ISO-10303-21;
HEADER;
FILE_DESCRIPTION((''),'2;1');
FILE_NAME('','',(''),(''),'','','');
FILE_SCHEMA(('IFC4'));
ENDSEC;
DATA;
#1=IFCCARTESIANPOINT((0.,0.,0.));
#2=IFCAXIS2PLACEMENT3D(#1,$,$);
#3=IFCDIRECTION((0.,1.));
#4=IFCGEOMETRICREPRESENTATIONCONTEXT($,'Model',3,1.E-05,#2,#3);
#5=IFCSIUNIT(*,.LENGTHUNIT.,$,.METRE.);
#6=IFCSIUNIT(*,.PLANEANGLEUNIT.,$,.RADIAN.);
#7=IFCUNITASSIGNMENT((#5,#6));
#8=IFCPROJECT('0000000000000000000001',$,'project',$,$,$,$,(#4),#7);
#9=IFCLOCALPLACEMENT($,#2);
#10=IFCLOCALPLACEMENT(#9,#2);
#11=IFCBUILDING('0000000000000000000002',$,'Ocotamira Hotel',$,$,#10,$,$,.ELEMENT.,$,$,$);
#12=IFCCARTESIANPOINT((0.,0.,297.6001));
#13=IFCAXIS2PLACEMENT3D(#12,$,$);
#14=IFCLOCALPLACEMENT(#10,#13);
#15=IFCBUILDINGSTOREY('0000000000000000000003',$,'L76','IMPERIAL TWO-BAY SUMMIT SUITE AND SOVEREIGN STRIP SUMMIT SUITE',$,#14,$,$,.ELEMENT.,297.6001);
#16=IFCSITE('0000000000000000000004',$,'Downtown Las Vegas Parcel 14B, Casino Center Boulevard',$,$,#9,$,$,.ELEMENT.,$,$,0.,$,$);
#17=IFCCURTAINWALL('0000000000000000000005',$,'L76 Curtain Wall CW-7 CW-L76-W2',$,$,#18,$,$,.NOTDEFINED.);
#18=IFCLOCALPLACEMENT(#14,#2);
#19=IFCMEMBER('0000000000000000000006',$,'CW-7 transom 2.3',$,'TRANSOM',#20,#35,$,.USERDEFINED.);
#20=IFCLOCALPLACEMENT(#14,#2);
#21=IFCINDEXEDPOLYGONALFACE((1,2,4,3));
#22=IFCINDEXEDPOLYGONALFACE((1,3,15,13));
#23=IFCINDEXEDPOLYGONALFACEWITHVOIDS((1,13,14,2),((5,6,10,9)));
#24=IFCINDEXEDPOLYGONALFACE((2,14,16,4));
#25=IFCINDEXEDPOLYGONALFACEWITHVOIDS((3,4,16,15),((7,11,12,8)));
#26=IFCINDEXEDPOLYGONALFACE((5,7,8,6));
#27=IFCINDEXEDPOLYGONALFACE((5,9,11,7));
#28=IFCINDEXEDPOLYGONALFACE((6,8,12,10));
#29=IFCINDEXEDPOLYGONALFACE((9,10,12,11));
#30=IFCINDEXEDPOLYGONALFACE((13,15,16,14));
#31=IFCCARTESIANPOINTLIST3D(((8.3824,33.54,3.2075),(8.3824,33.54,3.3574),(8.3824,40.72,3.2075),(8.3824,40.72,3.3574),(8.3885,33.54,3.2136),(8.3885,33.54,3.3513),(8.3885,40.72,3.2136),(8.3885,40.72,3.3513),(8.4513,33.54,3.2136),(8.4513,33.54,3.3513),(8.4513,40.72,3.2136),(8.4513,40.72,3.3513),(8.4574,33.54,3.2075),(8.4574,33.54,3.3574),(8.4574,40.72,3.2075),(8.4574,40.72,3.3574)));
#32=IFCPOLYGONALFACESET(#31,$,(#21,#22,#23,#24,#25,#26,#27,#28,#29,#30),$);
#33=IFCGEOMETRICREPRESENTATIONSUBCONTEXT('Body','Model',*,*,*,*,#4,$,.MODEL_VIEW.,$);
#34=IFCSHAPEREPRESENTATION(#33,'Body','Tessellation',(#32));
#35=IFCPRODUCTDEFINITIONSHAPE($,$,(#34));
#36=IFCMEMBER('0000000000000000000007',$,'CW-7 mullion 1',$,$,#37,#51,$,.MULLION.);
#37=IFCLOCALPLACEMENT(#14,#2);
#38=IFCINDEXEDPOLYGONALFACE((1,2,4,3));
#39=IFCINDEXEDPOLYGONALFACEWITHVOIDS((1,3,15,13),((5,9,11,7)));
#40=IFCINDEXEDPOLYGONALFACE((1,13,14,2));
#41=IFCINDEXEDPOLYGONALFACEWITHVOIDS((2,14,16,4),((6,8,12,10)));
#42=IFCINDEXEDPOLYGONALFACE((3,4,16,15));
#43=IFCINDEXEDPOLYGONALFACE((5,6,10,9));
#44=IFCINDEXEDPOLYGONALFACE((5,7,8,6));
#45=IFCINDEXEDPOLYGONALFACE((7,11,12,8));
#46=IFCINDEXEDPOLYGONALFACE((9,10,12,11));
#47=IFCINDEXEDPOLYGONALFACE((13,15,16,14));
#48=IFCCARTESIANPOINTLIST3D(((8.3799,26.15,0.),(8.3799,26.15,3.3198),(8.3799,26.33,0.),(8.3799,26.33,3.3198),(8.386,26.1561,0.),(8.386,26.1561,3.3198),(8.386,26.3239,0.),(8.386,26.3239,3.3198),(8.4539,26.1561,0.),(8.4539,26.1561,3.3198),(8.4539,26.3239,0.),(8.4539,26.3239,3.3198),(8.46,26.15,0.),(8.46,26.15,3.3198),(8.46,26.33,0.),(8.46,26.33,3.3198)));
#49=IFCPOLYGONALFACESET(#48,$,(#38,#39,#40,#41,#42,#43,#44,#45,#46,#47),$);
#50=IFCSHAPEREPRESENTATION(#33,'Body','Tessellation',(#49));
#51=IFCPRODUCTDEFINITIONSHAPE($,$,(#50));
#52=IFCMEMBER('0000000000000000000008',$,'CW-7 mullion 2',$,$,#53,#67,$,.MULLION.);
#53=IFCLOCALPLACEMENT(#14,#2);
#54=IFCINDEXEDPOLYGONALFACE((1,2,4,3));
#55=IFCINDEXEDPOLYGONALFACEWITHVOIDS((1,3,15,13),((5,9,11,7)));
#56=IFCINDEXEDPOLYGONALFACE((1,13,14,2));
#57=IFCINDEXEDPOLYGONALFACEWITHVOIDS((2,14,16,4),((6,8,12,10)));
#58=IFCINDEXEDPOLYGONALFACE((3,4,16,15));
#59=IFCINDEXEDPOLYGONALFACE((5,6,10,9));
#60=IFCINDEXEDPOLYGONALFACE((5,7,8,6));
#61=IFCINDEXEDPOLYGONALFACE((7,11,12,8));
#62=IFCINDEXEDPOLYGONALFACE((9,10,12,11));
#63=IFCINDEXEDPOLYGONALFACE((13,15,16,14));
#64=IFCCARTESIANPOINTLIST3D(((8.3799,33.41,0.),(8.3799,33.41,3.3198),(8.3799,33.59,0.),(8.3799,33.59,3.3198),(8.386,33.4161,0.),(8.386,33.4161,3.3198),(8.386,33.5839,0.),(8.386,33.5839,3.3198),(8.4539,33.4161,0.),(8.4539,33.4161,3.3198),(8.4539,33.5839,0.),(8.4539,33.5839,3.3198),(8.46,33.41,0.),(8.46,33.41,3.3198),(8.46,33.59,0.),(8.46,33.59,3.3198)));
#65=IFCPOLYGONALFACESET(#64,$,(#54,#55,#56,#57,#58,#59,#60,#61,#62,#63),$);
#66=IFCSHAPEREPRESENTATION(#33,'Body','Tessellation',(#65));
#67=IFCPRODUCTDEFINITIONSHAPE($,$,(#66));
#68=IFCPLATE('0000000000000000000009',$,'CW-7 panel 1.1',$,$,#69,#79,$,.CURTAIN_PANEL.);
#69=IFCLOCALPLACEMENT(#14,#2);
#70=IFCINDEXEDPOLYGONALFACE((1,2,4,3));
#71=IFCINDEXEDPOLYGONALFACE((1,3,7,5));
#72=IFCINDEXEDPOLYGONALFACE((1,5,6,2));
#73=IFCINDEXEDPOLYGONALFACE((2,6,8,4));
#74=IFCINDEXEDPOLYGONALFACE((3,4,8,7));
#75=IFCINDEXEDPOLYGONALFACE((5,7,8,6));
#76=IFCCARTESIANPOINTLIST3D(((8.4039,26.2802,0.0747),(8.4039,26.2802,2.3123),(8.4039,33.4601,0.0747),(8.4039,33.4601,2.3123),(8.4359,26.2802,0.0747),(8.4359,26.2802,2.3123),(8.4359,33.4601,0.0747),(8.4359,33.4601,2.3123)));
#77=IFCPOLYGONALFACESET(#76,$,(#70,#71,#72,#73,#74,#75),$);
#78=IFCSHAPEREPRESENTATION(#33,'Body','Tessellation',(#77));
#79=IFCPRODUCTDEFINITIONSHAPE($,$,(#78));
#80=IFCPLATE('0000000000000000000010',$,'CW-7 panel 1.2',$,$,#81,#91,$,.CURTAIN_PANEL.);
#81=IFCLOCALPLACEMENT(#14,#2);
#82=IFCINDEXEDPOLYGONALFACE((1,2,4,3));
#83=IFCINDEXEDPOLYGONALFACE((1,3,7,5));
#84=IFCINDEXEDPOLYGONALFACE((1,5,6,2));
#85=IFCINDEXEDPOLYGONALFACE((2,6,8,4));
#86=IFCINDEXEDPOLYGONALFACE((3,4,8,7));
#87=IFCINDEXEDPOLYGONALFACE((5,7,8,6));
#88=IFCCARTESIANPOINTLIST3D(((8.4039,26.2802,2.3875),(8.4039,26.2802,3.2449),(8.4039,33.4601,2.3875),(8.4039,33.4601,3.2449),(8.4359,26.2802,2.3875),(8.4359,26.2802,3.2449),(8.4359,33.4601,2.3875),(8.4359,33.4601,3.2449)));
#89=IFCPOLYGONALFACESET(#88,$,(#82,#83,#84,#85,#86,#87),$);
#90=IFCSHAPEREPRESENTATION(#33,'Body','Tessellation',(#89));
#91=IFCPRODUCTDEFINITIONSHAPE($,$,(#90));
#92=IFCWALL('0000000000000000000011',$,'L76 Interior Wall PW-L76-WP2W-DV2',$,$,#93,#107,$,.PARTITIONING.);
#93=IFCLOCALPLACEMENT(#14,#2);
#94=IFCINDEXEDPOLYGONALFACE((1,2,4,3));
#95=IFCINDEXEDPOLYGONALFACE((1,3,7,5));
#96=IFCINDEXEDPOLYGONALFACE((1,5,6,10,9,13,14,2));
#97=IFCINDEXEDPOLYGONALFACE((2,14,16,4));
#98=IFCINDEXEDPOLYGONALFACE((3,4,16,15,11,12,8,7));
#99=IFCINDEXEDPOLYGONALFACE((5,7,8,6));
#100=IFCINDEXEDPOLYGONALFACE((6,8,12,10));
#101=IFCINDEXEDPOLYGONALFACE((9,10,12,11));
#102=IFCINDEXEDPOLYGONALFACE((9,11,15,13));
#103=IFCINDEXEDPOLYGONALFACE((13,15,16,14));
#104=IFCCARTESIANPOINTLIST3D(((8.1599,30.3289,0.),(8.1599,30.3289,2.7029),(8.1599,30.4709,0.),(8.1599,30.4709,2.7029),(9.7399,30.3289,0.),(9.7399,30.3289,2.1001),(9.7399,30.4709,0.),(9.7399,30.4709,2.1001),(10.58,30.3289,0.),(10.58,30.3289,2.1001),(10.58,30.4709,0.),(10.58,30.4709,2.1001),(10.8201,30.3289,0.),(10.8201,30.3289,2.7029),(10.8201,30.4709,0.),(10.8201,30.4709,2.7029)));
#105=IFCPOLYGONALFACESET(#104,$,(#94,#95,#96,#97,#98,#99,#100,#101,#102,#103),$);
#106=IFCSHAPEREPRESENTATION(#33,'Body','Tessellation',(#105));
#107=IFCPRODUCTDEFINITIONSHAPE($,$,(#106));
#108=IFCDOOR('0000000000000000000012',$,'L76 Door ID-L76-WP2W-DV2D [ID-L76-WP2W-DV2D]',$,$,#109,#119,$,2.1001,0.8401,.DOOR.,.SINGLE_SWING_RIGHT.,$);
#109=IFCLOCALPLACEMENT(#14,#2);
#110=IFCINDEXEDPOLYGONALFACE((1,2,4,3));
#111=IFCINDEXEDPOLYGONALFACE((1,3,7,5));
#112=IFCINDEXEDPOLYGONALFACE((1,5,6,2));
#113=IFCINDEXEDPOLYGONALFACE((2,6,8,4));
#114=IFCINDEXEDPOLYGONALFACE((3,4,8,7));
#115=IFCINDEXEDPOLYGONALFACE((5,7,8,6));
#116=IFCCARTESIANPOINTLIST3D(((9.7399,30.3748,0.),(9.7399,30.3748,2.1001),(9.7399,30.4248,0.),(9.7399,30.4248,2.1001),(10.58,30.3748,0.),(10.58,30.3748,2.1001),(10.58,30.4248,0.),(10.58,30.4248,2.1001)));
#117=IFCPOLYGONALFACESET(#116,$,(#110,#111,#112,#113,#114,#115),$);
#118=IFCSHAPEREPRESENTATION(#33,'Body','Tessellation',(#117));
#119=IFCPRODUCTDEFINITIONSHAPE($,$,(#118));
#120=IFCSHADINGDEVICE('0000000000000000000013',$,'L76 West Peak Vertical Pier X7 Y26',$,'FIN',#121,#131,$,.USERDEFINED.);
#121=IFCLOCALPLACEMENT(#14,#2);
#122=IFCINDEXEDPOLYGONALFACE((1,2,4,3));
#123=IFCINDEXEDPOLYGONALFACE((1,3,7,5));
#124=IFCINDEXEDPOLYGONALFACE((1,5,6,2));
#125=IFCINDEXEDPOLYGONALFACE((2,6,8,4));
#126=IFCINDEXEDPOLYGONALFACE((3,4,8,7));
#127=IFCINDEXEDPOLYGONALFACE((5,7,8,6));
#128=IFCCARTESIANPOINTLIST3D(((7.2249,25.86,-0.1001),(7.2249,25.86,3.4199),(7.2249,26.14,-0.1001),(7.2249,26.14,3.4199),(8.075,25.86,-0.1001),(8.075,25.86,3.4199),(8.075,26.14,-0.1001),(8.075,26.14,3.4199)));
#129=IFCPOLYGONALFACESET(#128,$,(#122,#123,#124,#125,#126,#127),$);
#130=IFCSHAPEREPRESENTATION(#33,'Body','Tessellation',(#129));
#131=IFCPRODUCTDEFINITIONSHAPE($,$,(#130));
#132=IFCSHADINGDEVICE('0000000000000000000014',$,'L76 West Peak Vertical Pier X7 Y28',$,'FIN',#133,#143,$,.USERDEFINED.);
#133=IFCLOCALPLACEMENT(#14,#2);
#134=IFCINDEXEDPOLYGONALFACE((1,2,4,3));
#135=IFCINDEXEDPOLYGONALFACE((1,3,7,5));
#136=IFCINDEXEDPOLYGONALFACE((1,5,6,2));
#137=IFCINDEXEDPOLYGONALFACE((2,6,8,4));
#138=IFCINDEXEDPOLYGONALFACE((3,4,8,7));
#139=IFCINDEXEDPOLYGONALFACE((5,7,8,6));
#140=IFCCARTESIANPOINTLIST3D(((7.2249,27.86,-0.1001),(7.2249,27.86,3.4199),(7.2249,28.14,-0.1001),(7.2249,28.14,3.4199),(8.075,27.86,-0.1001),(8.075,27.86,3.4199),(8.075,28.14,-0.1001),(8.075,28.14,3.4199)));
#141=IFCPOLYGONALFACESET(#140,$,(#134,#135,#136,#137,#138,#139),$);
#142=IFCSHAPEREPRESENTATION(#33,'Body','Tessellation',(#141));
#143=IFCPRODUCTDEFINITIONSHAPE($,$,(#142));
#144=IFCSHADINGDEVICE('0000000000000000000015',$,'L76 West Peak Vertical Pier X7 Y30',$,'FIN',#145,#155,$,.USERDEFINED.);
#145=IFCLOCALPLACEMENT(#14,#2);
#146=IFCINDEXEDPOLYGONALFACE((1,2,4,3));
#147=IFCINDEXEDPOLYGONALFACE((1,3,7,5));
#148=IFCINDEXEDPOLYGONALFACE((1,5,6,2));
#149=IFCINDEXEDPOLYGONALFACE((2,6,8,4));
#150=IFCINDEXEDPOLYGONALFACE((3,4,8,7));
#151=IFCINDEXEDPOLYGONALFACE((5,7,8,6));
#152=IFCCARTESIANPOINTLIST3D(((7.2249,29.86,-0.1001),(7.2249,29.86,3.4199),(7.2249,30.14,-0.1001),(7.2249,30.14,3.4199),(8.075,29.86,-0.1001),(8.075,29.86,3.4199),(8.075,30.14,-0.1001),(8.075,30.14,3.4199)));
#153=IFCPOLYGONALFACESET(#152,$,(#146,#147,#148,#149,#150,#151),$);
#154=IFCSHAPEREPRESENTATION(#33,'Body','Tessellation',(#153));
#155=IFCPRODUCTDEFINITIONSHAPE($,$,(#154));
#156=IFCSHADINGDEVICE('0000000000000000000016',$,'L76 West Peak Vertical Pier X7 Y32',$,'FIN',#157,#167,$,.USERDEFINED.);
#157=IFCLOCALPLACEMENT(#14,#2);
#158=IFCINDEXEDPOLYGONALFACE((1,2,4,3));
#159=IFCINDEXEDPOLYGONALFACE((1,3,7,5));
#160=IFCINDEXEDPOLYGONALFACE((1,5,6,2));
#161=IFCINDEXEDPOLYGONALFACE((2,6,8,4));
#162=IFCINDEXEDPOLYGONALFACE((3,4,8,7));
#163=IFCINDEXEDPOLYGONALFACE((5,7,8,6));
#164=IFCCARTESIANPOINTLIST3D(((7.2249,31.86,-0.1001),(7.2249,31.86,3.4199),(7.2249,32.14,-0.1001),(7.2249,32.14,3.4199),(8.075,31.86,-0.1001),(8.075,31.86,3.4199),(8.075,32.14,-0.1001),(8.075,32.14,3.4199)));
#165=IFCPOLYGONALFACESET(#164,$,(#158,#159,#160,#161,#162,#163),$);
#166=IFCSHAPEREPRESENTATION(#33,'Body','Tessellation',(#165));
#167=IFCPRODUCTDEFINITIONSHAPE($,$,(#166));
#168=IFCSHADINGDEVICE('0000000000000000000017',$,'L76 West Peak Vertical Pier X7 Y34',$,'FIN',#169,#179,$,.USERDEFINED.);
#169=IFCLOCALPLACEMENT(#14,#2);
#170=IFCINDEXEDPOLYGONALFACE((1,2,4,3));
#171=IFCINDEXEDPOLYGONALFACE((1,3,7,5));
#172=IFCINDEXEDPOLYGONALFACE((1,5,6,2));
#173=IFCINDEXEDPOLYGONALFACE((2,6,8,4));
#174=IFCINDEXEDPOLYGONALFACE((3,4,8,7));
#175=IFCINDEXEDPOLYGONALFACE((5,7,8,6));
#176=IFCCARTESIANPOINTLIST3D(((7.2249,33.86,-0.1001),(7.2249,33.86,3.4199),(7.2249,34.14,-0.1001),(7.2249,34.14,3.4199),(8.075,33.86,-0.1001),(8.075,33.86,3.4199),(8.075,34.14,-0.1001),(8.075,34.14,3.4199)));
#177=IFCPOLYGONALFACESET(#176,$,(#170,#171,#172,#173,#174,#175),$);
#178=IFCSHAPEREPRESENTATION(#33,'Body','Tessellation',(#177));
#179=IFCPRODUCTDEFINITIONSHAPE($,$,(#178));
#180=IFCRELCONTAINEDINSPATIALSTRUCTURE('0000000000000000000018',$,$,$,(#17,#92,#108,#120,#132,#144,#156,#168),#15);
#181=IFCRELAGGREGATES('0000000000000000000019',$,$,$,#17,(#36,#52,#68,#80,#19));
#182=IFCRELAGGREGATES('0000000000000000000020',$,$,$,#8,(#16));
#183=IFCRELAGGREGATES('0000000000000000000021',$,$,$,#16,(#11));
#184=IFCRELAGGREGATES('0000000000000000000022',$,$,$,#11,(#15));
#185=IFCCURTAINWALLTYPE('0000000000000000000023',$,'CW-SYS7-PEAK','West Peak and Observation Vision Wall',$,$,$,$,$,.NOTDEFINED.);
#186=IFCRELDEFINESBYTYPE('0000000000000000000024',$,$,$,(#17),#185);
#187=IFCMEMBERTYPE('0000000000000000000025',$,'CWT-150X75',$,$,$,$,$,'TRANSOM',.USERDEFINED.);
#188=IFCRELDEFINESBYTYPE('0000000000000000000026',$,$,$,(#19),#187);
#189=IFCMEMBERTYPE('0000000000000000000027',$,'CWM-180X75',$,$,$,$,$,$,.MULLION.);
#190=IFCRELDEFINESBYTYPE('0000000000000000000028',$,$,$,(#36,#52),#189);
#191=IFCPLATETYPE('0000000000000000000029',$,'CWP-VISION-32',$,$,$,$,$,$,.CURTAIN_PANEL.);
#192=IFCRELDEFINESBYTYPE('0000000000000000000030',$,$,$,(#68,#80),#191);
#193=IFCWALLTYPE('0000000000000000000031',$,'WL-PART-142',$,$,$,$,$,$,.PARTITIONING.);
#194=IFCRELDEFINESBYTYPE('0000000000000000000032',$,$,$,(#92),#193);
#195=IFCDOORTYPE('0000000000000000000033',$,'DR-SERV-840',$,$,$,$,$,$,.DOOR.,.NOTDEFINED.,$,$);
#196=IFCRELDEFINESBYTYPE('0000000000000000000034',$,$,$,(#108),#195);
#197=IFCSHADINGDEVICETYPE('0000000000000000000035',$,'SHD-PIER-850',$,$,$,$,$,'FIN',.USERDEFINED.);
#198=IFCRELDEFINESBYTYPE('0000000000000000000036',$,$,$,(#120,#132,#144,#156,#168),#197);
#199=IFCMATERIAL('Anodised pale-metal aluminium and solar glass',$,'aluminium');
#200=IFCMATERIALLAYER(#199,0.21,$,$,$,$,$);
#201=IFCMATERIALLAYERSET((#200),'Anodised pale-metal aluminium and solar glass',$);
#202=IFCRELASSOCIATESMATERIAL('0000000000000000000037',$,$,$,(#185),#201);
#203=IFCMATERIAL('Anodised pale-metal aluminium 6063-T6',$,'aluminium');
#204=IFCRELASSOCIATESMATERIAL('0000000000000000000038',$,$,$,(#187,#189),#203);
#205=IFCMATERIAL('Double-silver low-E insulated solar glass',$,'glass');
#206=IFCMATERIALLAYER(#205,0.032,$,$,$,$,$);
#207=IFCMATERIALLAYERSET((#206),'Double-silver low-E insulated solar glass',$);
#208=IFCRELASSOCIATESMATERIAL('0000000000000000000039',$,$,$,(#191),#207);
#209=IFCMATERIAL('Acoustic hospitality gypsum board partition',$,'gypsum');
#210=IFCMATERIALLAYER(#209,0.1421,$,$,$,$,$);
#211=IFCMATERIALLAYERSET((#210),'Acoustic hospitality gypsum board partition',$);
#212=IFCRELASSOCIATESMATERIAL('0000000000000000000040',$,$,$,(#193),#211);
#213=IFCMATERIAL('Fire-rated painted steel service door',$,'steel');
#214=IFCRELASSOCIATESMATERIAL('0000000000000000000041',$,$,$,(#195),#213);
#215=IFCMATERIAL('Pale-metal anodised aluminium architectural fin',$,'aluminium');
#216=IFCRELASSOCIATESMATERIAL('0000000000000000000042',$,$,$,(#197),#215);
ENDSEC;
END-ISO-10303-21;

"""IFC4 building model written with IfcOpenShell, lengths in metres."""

from ifc_helpers import new_model, si_unit, direction, frame, frame_2d, origin, origin_2d, place, context, subcontext, project, spatial, rectangle, hollow_rectangle, extrude, source, transform, mapped, material, layer, layer_set, material_profile, profile_set, type_object, element, fill, aggregate, save


model = new_model("IFC4")

# Units and contexts
model_context = context("Model", 3, precision=1e-05, world=origin(), true_north=direction((0.0, 1.0)))
body_context = subcontext(model_context, "Body", "Model", "MODEL_VIEW")
ifc_project = project(units=[si_unit("LENGTHUNIT", "METRE"), si_unit("PLANEANGLEUNIT", "RADIAN")], contexts=[model_context])

# Site, building, storey
site_placement = place(None, origin())
site = spatial("IfcSite", under=ifc_project, at=site_placement, Name="Downtown Las Vegas Parcel 14B, Casino Center Boulevard", CompositionType="ELEMENT", RefElevation=0.0)
building_placement = place(site_placement, origin())
building = spatial("IfcBuilding", under=site, at=building_placement, Name="Ocotamira Hotel", CompositionType="ELEMENT")
storey_placement = place(building_placement, frame((0.0, 0.0, 297.6001)))
storey = spatial("IfcBuildingStorey", under=building, at=storey_placement, Name="L76", Description="IMPERIAL TWO-BAY SUMMIT SUITE AND SOVEREIGN STRIP SUMMIT SUITE", CompositionType="ELEMENT", Elevation=297.6001)

# Curtain wall, members, plates
ifc_material_1 = material(Name="Anodised pale-metal aluminium and solar glass", Category="aluminium")
ifc_layer_1 = layer(ifc_material_1, 0.21)
ifc_layer_set_1 = layer_set([ifc_layer_1], Name="Anodised pale-metal aluminium and solar glass")
curtain_wall_type = type_object("IfcCurtainWallType", Name="CW-SYS7-PEAK", Description="West Peak and Observation Vision Wall", PredefinedType="NOTDEFINED", material=ifc_layer_set_1)
curtain_wall_placement = place(storey_placement, origin())
curtain_wall = element("IfcCurtainWall", 1, at=curtain_wall_placement, inside=storey, type_object=curtain_wall_type, Name="L76 Curtain Wall CW-7 CW-L76-W2", PredefinedType="NOTDEFINED")
ifc_material_2 = material(Name="Anodised pale-metal aluminium 6063-T6", Category="aluminium")
ifc_material_profile_1 = material_profile(ifc_material_2, hollow_rectangle(XDim=0.075, YDim=0.1499, WallThickness=0.0061, at=origin_2d()), Name="HSS150X75X6")
ifc_profile_set_1 = profile_set([ifc_material_profile_1], Name="Anodised pale-metal aluminium 6063-T6")
member_type_1 = type_object("IfcMemberType", Name="CWT-150X75", ElementType="TRANSOM", PredefinedType="USERDEFINED", material=ifc_profile_set_1)
shared_shape_1 = source(origin(), body_context, "Body", "SweptSolid", [
    extrude(hollow_rectangle(XDim=0.075, YDim=0.1499, WallThickness=0.0061, at=origin_2d()), origin(), (0.0, 0.0, 1.0), 7.1799),
])
member_1_placement = place(storey_placement, frame((8.4199, 33.54, 3.2825), z_axis=(0.0, 1.0, 0.0), x_axis=(-1.0, 0.0, 0.0)))
member_1 = element("IfcMember", 2, at=member_1_placement, type_object=member_type_1, Name="CW-7 transom 2.3", ObjectType="TRANSOM", PredefinedType="USERDEFINED", context=body_context, shape_type="MappedRepresentation", body=[
    mapped(shared_shape_1, transform((0.0, 0.0, 0.0), scale=1.0)),
])
ifc_material_profile_2 = material_profile(ifc_material_2, hollow_rectangle(XDim=0.0801, YDim=0.1799, WallThickness=0.0061, at=origin_2d()), Name="HSS180X80X6")
ifc_profile_set_2 = profile_set([ifc_material_profile_2], Name="Anodised pale-metal aluminium 6063-T6")
member_type_2 = type_object("IfcMemberType", Name="CWM-180X75", PredefinedType="MULLION", material=ifc_profile_set_2)
shared_shape_2 = source(origin(), body_context, "Body", "SweptSolid", [
    extrude(hollow_rectangle(XDim=0.0801, YDim=0.1799, WallThickness=0.0061, at=origin_2d()), origin(), (0.0, 0.0, 1.0), 3.3198),
])
member_2_placement = place(storey_placement, frame((8.4199, 26.24, 0.0), z_axis=(0.0, 0.0, 1.0), x_axis=(-1.0, 0.0, 0.0)))
member_2 = element("IfcMember", 3, at=member_2_placement, type_object=member_type_2, Name="CW-7 mullion 1", PredefinedType="MULLION", context=body_context, shape_type="MappedRepresentation", body=[
    mapped(shared_shape_2, transform((0.0, 0.0, 0.0), scale=1.0)),
])
member_3_placement = place(storey_placement, frame((8.4199, 33.5, 0.0), z_axis=(0.0, 0.0, 1.0), x_axis=(-1.0, 0.0, 0.0)))
member_3 = element("IfcMember", 4, at=member_3_placement, type_object=member_type_2, Name="CW-7 mullion 2", PredefinedType="MULLION", context=body_context, shape_type="MappedRepresentation", body=[
    mapped(shared_shape_2, transform((0.0, 0.0, 0.0), scale=1.0)),
])
ifc_material_3 = material(Name="Double-silver low-E insulated solar glass", Category="glass")
ifc_layer_2 = layer(ifc_material_3, 0.032)
ifc_layer_set_2 = layer_set([ifc_layer_2], Name="Double-silver low-E insulated solar glass")
plate_type = type_object("IfcPlateType", Name="CWP-VISION-32", PredefinedType="CURTAIN_PANEL", material=ifc_layer_set_2)
shared_shape_3 = source(origin(), body_context, "Body", "SweptSolid", [
    extrude(rectangle(XDim=7.1799, YDim=0.032, at=origin_2d()), origin(), (0.0, 0.0, 1.0), 2.2375),
])
plate_1_placement = place(storey_placement, frame((8.4199, 29.8701, 0.0747), z_axis=(0.0, 0.0, 1.0), x_axis=(0.0, 1.0, 0.0)))
plate_1 = element("IfcPlate", 5, at=plate_1_placement, type_object=plate_type, Name="CW-7 panel 1.1", PredefinedType="CURTAIN_PANEL", context=body_context, shape_type="MappedRepresentation", body=[
    mapped(shared_shape_3, transform((0.0, 0.0, 0.0), scale=1.0)),
])
shared_shape_4 = source(origin(), body_context, "Body", "SweptSolid", [
    extrude(rectangle(XDim=7.1799, YDim=0.032, at=origin_2d()), origin(), (0.0, 0.0, 1.0), 0.8574),
])
plate_2_placement = place(storey_placement, frame((8.4199, 29.8701, 2.3875), z_axis=(0.0, 0.0, 1.0), x_axis=(0.0, 1.0, 0.0)))
plate_2 = element("IfcPlate", 6, at=plate_2_placement, type_object=plate_type, Name="CW-7 panel 1.2", PredefinedType="CURTAIN_PANEL", context=body_context, shape_type="MappedRepresentation", body=[
    mapped(shared_shape_4, transform((0.0, 0.0, 0.0), scale=1.0)),
])
aggregate(curtain_wall, [member_2, member_3, plate_1, plate_2, member_1])

# Wall, opening, door
ifc_material_4 = material(Name="Acoustic hospitality gypsum board partition", Category="gypsum")
ifc_layer_3 = layer(ifc_material_4, 0.1421)
ifc_layer_set_3 = layer_set([ifc_layer_3], Name="Acoustic hospitality gypsum board partition")
wall_type = type_object("IfcWallType", Name="WL-PART-142", PredefinedType="PARTITIONING", material=ifc_layer_set_3)
wall_placement = place(storey_placement, frame((8.1599, 30.3999, 0.0), z_axis=(0.0, 0.0, 1.0), x_axis=(1.0, 0.0, 0.0)))
wall = element("IfcWall", 7, at=wall_placement, inside=storey, type_object=wall_type, Name="L76 Interior Wall PW-L76-WP2W-DV2", PredefinedType="PARTITIONING", context=body_context, shape_type="SweptSolid", body=[
    extrude(rectangle(XDim=2.6602, YDim=0.1421, at=frame_2d((1.3301, 0.0))), origin(), (0.0, 0.0, 1.0), 2.7029),
])
opening_placement = place(wall_placement, frame((1.5801, 0.0, 0.0)))
opening = element("IfcOpeningElement", 8, at=opening_placement, cuts=wall, PredefinedType="OPENING", context=body_context, shape_type="SweptSolid", body=[
    extrude(rectangle(XDim=0.8401, YDim=2.1001, at=frame_2d((0.4199, 1.05))), frame((0.0, 0.0811, 0.0), z_axis=(0.0, -1.0, 0.0), x_axis=(1.0, 0.0, 0.0)), (0.0, 0.0, 1.0), 0.1621),
])
ifc_material_5 = material(Name="Fire-rated painted steel service door", Category="steel")
door_type = type_object("IfcDoorType", Name="DR-SERV-840", OperationType="NOTDEFINED", PredefinedType="DOOR", material=ifc_material_5)
shared_shape_5 = source(origin(), body_context, "Body", "SweptSolid", [
    extrude(rectangle(XDim=0.8401, YDim=2.1001, at=frame_2d((0.4199, 1.05))), frame((0.0, 0.0249, 0.0), z_axis=(0.0, -1.0, 0.0), x_axis=(1.0, 0.0, 0.0)), (0.0, 0.0, 1.0), 0.05),
])
door_placement = place(opening_placement, origin())
door = element("IfcDoor", 9, at=door_placement, inside=storey, type_object=door_type, Name="L76 Door ID-L76-WP2W-DV2D [ID-L76-WP2W-DV2D]", OperationType="SINGLE_SWING_RIGHT", OverallHeight=2.1001, OverallWidth=0.8401, PredefinedType="DOOR", context=body_context, shape_type="MappedRepresentation", body=[
    mapped(shared_shape_5, transform((0.0, 0.0, 0.0), scale=1.0)),
])
fill(opening, door)

# Shading devices
ifc_material_6 = material(Name="Pale-metal anodised aluminium architectural fin", Category="aluminium")
shading_device_type = type_object("IfcShadingDeviceType", Name="SHD-PIER-850", ElementType="FIN", PredefinedType="USERDEFINED", material=ifc_material_6)
shared_shape_6 = source(origin(), body_context, "Body", "SweptSolid", [
    extrude(rectangle(XDim=0.8501, YDim=0.28, at=origin_2d()), origin(), (0.0, 0.0, 1.0), 3.52),
])
for number, where, z_axis, x_axis, name in (
    (10, (7.6499, 26.0, -0.1001), (0.0, 0.0, 1.0), (1.0, 0.0, 0.0), "L76 West Peak Vertical Pier X7 Y26"),
    (11, (7.6499, 28.0, -0.1001), (0.0, 0.0, 1.0), (1.0, 0.0, 0.0), "L76 West Peak Vertical Pier X7 Y28"),
    (12, (7.6499, 30.0, -0.1001), (0.0, 0.0, 1.0), (1.0, 0.0, 0.0), "L76 West Peak Vertical Pier X7 Y30"),
    (13, (7.6499, 32.0, -0.1001), (0.0, 0.0, 1.0), (1.0, 0.0, 0.0), "L76 West Peak Vertical Pier X7 Y32"),
    (14, (7.6499, 34.0, -0.1001), (0.0, 0.0, 1.0), (1.0, 0.0, 0.0), "L76 West Peak Vertical Pier X7 Y34"),
):
    element("IfcShadingDevice", number, at=place(storey_placement, frame(where, z_axis=z_axis, x_axis=x_axis)), inside=storey, type_object=shading_device_type, Name=name, ObjectType="FIN", PredefinedType="USERDEFINED", context=body_context, shape_type="MappedRepresentation", body=[
        mapped(shared_shape_6, transform((0.0, 0.0, 0.0), scale=1.0)),
    ])

save(model, "model.ifc")
